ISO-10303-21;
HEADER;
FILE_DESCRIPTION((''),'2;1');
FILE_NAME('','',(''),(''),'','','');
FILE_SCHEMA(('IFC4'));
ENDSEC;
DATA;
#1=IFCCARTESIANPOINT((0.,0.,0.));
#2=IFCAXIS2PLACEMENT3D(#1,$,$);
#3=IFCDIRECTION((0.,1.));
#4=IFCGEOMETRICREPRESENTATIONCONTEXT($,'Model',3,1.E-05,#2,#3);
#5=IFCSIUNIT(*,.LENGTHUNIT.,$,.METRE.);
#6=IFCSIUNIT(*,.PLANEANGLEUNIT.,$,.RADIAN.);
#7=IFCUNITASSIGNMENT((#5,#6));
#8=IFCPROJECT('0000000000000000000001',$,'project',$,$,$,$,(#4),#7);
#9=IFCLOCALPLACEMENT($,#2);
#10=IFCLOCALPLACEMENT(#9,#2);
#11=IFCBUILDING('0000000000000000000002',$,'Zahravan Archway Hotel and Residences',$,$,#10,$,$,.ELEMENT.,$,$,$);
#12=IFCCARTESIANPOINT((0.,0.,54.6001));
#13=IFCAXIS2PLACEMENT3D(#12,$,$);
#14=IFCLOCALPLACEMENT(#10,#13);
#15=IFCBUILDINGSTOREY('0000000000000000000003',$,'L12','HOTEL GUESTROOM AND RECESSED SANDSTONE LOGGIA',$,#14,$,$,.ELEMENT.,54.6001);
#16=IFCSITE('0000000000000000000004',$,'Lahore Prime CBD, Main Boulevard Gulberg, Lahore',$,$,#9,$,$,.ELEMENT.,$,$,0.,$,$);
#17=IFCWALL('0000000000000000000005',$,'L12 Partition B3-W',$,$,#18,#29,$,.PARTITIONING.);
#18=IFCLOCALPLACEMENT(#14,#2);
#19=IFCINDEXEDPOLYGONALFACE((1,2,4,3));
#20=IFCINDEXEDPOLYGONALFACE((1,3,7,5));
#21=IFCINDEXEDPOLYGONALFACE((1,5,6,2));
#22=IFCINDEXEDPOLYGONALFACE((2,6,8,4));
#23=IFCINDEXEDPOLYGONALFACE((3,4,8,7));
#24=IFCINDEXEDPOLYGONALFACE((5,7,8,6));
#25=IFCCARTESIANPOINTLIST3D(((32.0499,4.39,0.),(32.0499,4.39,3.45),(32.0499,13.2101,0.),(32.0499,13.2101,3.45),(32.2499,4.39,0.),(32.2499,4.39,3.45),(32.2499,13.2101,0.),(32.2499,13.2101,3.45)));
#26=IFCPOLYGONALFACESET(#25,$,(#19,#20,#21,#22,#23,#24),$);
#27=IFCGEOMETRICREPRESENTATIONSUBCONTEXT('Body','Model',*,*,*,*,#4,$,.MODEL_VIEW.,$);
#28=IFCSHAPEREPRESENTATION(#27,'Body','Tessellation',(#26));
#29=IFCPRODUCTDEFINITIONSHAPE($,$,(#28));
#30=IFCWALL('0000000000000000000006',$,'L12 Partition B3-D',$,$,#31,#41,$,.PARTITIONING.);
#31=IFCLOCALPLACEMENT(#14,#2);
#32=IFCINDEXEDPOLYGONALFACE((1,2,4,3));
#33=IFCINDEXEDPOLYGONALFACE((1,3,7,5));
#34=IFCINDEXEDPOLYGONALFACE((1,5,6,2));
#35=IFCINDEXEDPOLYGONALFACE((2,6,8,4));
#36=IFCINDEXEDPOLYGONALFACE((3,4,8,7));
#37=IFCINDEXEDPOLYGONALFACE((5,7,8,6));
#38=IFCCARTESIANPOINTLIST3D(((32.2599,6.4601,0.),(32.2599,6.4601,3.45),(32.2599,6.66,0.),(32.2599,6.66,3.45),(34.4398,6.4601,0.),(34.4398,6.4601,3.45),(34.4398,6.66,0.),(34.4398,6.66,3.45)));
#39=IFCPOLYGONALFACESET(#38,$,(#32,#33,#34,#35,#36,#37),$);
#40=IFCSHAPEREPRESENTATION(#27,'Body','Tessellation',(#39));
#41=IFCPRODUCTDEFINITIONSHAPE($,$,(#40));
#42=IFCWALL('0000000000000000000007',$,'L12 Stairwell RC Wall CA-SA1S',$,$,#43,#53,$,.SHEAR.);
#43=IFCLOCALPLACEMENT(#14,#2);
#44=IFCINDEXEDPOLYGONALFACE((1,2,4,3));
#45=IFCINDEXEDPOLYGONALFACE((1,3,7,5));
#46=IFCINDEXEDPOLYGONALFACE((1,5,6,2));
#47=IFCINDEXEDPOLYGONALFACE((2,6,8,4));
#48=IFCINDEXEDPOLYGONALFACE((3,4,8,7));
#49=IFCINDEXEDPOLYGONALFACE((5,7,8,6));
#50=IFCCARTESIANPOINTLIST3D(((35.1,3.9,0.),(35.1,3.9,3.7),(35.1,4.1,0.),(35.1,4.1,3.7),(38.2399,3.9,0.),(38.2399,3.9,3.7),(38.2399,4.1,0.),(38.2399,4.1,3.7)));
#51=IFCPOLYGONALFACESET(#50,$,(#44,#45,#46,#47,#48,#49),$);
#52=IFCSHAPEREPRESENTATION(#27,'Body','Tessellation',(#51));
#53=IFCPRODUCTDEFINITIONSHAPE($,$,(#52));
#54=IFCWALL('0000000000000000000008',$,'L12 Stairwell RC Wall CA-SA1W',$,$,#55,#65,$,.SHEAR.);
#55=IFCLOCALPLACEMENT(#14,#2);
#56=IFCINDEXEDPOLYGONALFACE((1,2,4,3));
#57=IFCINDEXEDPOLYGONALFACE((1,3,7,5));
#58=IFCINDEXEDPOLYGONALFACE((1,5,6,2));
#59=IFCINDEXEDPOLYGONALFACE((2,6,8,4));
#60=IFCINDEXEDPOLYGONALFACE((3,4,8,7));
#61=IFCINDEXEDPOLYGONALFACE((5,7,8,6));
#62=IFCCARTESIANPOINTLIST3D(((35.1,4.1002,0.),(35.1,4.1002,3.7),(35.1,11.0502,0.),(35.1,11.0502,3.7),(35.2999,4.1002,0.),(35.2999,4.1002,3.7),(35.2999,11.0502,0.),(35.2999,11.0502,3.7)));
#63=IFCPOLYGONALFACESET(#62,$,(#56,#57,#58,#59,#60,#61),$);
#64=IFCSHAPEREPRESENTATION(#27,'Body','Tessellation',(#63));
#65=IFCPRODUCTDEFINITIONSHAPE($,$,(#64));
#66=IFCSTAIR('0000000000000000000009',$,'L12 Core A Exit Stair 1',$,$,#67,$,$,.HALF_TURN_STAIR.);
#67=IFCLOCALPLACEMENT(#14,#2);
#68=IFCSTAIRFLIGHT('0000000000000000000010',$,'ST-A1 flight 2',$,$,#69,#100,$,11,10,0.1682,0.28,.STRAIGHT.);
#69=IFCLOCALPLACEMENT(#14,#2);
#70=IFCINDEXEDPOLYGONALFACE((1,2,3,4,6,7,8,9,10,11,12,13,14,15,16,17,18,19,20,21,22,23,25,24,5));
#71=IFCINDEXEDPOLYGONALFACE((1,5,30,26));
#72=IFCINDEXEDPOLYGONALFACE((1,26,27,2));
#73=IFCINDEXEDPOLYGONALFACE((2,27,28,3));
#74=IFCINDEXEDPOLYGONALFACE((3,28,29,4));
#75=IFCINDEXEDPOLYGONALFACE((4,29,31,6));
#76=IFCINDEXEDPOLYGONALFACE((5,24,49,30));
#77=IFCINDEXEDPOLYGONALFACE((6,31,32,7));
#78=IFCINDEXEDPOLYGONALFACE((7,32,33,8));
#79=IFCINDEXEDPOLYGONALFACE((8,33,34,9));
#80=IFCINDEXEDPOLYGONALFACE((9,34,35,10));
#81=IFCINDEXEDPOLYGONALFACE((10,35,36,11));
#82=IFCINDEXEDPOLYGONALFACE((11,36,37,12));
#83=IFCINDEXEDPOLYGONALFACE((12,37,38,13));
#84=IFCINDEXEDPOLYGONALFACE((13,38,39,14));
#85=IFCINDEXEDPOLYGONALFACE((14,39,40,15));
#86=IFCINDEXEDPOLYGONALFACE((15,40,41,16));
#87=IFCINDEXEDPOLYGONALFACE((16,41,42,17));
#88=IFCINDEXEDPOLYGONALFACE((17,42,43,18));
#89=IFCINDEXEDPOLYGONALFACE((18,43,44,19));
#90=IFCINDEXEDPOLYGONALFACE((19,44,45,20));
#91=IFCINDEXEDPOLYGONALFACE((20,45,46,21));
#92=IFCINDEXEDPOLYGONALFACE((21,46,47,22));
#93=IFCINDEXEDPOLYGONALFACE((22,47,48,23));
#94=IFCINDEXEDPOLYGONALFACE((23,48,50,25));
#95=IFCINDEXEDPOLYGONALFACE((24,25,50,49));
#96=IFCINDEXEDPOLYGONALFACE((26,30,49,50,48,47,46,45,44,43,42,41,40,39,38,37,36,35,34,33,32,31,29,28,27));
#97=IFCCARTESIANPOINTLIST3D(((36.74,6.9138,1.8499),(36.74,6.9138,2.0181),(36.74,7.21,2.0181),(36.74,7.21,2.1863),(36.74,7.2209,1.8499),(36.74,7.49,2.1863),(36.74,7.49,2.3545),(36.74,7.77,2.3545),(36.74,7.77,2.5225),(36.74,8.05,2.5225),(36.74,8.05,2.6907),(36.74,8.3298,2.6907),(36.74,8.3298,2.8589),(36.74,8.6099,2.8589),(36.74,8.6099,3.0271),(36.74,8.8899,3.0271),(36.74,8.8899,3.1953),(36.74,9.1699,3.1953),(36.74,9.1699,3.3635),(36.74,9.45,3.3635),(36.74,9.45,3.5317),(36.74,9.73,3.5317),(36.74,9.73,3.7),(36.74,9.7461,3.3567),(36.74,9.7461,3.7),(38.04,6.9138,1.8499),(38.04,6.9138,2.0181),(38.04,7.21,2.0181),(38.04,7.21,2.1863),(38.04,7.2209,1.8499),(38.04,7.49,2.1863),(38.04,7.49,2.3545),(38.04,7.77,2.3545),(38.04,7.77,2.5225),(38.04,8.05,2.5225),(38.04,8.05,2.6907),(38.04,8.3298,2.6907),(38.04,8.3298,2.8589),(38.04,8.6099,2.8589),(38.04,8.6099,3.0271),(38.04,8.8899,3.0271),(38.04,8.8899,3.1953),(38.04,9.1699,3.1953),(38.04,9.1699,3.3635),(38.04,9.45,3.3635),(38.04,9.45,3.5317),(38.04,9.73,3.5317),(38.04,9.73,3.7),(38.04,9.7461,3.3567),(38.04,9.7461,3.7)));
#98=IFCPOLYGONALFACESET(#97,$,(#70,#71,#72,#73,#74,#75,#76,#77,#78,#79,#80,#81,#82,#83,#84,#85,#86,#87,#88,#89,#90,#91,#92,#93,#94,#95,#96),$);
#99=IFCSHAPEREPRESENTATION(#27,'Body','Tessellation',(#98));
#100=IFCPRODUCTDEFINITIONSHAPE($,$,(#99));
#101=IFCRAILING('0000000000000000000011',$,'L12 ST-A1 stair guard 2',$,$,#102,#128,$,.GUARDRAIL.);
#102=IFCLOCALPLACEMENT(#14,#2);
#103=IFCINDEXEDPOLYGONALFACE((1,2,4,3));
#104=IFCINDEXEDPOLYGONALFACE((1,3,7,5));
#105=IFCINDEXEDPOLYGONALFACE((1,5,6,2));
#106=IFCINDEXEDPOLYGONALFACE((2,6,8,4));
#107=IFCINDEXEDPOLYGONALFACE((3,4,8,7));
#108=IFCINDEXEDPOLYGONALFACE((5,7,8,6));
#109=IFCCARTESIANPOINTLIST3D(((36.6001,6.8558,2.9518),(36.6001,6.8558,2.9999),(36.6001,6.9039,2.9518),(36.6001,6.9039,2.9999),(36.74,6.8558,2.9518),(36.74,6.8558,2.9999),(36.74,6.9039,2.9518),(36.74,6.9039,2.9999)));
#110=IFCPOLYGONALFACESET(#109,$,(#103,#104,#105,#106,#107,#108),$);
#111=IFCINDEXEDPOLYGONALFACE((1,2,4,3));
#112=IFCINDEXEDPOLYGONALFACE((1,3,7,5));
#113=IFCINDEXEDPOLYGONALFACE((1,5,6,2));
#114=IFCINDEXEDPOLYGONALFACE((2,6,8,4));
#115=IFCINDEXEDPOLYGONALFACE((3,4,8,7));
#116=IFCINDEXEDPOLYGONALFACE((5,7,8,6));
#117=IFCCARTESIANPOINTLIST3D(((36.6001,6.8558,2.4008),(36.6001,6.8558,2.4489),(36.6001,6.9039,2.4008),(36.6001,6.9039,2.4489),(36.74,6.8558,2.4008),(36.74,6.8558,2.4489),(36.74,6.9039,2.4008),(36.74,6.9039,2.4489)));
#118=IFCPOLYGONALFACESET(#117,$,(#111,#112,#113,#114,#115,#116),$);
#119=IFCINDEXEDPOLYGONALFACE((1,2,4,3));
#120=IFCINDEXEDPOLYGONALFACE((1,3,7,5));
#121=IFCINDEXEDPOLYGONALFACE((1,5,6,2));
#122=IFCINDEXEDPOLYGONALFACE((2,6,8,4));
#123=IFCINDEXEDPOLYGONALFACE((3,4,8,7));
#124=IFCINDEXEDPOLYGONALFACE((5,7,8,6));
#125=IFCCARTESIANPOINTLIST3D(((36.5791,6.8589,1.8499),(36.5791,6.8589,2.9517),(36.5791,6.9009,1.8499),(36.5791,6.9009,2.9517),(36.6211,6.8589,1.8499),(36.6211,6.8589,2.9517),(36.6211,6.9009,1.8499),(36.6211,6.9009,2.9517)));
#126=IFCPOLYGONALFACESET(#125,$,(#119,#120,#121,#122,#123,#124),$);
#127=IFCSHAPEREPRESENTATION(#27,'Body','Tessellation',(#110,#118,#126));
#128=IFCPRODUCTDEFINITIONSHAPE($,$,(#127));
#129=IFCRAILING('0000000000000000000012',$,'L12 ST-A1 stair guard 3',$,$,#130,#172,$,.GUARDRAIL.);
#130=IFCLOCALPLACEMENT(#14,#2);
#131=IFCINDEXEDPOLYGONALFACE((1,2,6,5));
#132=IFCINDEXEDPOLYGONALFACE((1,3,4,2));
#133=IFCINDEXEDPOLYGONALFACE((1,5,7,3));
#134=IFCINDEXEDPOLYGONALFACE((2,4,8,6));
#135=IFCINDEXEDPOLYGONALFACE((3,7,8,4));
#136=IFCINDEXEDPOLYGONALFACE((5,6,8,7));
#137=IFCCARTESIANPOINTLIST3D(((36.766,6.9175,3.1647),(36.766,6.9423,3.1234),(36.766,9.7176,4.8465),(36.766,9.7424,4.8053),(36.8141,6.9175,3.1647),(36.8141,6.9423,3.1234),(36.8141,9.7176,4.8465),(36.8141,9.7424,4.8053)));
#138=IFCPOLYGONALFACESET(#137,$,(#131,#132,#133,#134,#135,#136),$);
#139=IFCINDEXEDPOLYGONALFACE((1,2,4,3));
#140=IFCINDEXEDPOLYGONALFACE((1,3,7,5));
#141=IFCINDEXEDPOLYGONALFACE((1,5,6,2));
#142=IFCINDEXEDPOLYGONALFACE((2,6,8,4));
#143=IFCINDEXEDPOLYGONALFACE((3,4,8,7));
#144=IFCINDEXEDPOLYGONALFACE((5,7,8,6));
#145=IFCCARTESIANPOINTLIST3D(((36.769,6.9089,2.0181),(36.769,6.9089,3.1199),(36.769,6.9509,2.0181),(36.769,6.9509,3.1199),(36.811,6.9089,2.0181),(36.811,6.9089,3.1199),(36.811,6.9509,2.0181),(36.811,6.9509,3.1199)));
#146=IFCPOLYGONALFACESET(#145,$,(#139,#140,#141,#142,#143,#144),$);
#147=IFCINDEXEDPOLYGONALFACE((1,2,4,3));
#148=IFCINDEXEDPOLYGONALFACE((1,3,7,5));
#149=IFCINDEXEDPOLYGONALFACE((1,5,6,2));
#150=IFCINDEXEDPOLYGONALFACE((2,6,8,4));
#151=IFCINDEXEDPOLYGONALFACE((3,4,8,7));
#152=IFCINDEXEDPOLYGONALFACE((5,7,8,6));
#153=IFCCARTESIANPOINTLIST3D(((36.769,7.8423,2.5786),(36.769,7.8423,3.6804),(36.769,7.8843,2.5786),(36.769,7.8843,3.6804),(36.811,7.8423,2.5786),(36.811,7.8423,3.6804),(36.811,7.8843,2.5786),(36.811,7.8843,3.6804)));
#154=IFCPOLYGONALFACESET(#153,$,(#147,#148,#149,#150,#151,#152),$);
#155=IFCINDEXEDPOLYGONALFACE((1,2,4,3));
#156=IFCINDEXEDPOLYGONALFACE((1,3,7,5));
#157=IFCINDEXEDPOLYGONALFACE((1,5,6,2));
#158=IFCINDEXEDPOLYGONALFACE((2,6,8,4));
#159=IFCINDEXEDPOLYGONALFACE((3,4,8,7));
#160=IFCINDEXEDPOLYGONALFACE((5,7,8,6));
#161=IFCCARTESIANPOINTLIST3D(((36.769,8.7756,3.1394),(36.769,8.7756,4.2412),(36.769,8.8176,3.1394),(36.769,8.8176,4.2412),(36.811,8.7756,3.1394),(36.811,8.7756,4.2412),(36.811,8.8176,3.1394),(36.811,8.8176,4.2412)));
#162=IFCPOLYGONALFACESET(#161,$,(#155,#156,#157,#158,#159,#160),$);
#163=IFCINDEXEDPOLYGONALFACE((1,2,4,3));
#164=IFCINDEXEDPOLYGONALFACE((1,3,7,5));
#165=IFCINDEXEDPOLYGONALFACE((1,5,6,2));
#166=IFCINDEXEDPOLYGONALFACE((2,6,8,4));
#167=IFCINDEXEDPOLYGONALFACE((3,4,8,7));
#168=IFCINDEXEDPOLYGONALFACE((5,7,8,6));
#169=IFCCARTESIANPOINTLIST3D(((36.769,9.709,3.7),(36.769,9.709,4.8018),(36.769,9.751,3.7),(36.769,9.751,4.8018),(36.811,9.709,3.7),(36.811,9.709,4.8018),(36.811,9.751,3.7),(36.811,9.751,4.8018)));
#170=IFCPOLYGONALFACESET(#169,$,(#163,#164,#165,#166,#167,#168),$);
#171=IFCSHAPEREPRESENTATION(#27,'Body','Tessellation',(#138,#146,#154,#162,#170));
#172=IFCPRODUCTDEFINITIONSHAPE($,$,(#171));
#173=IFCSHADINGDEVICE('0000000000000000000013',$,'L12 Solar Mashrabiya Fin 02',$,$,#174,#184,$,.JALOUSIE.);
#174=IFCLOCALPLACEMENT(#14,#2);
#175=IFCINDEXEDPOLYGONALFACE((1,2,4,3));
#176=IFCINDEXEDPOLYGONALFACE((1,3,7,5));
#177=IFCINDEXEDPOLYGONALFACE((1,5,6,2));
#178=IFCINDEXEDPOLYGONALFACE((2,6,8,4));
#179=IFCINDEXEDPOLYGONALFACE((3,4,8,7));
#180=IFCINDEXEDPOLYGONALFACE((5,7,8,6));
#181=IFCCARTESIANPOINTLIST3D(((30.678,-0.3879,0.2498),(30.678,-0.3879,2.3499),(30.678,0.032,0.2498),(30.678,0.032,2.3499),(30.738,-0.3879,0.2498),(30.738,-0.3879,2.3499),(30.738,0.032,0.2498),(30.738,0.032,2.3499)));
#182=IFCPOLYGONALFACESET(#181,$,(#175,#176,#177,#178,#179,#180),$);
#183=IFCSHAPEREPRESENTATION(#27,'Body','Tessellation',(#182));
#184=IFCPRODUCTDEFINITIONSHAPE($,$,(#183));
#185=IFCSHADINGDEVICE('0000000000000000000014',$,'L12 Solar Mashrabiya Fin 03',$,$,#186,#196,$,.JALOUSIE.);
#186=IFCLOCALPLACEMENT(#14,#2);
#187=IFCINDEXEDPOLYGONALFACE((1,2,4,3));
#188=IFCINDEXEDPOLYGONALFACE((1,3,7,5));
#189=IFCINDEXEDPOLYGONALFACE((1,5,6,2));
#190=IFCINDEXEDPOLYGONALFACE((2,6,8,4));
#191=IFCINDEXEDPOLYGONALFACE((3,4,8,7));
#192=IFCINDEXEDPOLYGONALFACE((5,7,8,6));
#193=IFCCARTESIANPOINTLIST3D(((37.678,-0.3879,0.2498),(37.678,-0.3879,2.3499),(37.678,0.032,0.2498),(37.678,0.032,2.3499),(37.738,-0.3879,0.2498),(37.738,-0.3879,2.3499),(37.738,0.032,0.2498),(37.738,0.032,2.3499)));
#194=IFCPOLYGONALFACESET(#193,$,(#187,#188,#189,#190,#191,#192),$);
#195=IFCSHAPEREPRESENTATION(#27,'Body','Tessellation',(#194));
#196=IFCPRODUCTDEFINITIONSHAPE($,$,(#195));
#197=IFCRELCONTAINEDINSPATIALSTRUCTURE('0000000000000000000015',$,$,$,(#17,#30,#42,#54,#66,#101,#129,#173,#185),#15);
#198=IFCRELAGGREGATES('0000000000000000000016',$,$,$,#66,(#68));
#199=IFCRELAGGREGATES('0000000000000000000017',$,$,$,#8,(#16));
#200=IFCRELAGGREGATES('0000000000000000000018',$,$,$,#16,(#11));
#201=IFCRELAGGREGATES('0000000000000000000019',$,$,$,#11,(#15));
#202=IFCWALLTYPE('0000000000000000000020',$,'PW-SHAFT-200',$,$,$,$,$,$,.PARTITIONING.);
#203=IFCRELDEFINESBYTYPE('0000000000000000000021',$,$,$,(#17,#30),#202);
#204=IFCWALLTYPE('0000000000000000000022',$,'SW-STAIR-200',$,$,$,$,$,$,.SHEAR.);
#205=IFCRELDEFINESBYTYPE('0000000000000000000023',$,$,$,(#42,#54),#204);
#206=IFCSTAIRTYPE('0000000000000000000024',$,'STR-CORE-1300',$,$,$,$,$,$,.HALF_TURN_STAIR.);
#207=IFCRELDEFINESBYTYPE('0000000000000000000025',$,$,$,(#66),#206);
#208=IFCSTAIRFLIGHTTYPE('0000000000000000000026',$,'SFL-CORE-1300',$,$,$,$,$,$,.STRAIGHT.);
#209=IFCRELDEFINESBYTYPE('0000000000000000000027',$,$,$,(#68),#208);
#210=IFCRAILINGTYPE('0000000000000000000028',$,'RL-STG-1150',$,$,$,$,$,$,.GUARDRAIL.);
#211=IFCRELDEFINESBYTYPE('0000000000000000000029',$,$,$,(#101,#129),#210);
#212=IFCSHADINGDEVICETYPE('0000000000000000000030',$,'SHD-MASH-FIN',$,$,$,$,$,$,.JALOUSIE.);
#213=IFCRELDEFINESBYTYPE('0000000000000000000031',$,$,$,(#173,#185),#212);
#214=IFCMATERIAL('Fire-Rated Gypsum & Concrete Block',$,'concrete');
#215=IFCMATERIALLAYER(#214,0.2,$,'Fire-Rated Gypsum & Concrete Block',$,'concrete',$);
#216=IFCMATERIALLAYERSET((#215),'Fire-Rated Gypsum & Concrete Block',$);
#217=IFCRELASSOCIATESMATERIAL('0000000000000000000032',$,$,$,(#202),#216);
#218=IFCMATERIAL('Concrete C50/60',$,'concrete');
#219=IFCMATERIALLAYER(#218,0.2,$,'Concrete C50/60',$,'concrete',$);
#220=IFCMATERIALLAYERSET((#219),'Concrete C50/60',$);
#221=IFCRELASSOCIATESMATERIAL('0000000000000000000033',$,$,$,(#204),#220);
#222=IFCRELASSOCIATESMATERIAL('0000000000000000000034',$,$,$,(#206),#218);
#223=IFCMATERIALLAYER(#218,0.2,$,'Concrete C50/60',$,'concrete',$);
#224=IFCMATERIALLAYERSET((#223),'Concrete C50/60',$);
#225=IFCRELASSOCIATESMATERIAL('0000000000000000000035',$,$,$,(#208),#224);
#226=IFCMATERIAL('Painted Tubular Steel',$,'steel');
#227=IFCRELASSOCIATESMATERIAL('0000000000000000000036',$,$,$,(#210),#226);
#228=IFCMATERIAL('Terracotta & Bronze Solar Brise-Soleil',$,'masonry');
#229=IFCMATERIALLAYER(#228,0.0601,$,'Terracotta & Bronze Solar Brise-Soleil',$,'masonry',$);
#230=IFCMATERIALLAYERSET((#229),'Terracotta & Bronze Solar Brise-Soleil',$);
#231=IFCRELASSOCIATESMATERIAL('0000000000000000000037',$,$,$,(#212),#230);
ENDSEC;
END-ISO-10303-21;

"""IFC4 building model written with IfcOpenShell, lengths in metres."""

from ifc_helpers import new_model, si_unit, direction, frame, frame_2d, origin, origin_2d, place, context, subcontext, project, spatial, polyline, rectangle, outline, extrude, source, transform, mapped, material, layer, layer_set, type_object, type_shapes, element, aggregate, save


model = new_model("IFC4")

# Units and contexts
model_context = context("Model", 3, precision=1e-05, world=origin(), true_north=direction((0.0, 1.0)))
body_context = subcontext(model_context, "Body", "Model", "MODEL_VIEW")
ifc_project = project(units=[si_unit("LENGTHUNIT", "METRE"), si_unit("PLANEANGLEUNIT", "RADIAN")], contexts=[model_context])

# Site, building, storey
site_placement = place(None, origin())
site = spatial("IfcSite", under=ifc_project, at=site_placement, Name="Lahore Prime CBD, Main Boulevard Gulberg, Lahore", CompositionType="ELEMENT", RefElevation=0.0)
building_placement = place(site_placement, origin())
building = spatial("IfcBuilding", under=site, at=building_placement, Name="Zahravan Archway Hotel and Residences", CompositionType="ELEMENT")
storey_placement = place(building_placement, frame((0.0, 0.0, 54.6001)))
storey = spatial("IfcBuildingStorey", under=building, at=storey_placement, Name="L12", Description="HOTEL GUESTROOM AND RECESSED SANDSTONE LOGGIA", CompositionType="ELEMENT", Elevation=54.6001)

# Shared definitions
ifc_material_1 = material(Name="Fire-Rated Gypsum & Concrete Block", Category="concrete")

# Walls
ifc_layer_1 = layer(ifc_material_1, 0.2, Name="Fire-Rated Gypsum & Concrete Block", Category="concrete")
ifc_layer_set_1 = layer_set([ifc_layer_1], Name="Fire-Rated Gypsum & Concrete Block")
wall_type_1 = type_object("IfcWallType", Name="PW-SHAFT-200", PredefinedType="PARTITIONING", material=ifc_layer_set_1)
wall_1_placement = place(storey_placement, frame((32.1499, 4.3899, 0.0), z_axis=(0.0, 0.0, 1.0), x_axis=(0.0, 1.0, 0.0)))
element("IfcWall", 1, at=wall_1_placement, inside=storey, type_object=wall_type_1, Name="L12 Partition B3-W", PredefinedType="PARTITIONING", context=body_context, shape_type="SweptSolid", body=[
    extrude(rectangle(XDim=8.8201, YDim=0.2, at=frame_2d((4.4102, 0.0))), origin(), (0.0, 0.0, 1.0), 3.45),
])
wall_2_placement = place(storey_placement, frame((32.26, 6.5601, 0.0), z_axis=(0.0, 0.0, 1.0), x_axis=(1.0, 0.0, 0.0)))
element("IfcWall", 2, at=wall_2_placement, inside=storey, type_object=wall_type_1, Name="L12 Partition B3-D", PredefinedType="PARTITIONING", context=body_context, shape_type="SweptSolid", body=[
    extrude(rectangle(XDim=2.1799, YDim=0.2, at=frame_2d((1.0898, 0.0))), origin(), (0.0, 0.0, 1.0), 3.45),
])
ifc_material_2 = material(Name="Concrete C50/60", Category="concrete")
ifc_layer_2 = layer(ifc_material_2, 0.2, Name="Concrete C50/60", Category="concrete")
ifc_layer_set_2 = layer_set([ifc_layer_2], Name="Concrete C50/60")
wall_type_2 = type_object("IfcWallType", Name="SW-STAIR-200", PredefinedType="SHEAR", material=ifc_layer_set_2)
wall_3_placement = place(storey_placement, frame((35.1001, 4.0, 0.0), z_axis=(0.0, 0.0, 1.0), x_axis=(1.0, 0.0, 0.0)))
element("IfcWall", 3, at=wall_3_placement, inside=storey, type_object=wall_type_2, Name="L12 Stairwell RC Wall CA-SA1S", PredefinedType="SHEAR", context=body_context, shape_type="SweptSolid", body=[
    extrude(rectangle(XDim=3.1399, YDim=0.2, at=frame_2d((1.5698, 0.0))), origin(), (0.0, 0.0, 1.0), 3.7),
])
wall_4_placement = place(storey_placement, frame((35.2, 4.1001, 0.0), z_axis=(0.0, 0.0, 1.0), x_axis=(0.0, 1.0, 0.0)))
element("IfcWall", 4, at=wall_4_placement, inside=storey, type_object=wall_type_2, Name="L12 Stairwell RC Wall CA-SA1W", PredefinedType="SHEAR", context=body_context, shape_type="SweptSolid", body=[
    extrude(rectangle(XDim=6.95, YDim=0.2, at=frame_2d((3.4751, 0.0))), origin(), (0.0, 0.0, 1.0), 3.7),
])

# Stair, stair flight
stair_type = type_object("IfcStairType", Name="STR-CORE-1300", PredefinedType="HALF_TURN_STAIR", material=ifc_material_2)
stair_placement = place(storey_placement, origin())
stair = element("IfcStair", 5, at=stair_placement, inside=storey, type_object=stair_type, Name="L12 Core A Exit Stair 1", PredefinedType="HALF_TURN_STAIR")
ifc_layer_3 = layer(ifc_material_2, 0.2, Name="Concrete C50/60", Category="concrete")
ifc_layer_set_3 = layer_set([ifc_layer_3], Name="Concrete C50/60")
stair_flight_type = type_object("IfcStairFlightType", Name="SFL-CORE-1300", PredefinedType="STRAIGHT", material=ifc_layer_set_3)
shared_shape_1 = source(origin(), body_context, "Body", "SweptSolid", [
    extrude(outline(polyline([(-0.0161, 0.0), (-0.0161, 0.1682), (0.28, 0.1682), (0.28, 0.3364), (0.5601, 0.3364), (0.5601, 0.5046), (0.8401, 0.5046), (0.8401, 0.6726), (1.1201, 0.6726), (1.1201, 0.8408), (1.3999, 0.8408), (1.3999, 1.009), (1.6799, 1.009), (1.6799, 1.1772), (1.96, 1.1772), (1.96, 1.3455), (2.24, 1.3455), (2.24, 1.5137), (2.52, 1.5137), (2.52, 1.6819), (2.8, 1.6819), (2.8, 1.8501), (2.8162, 1.8501), (2.8162, 1.5068), (0.291, 0.0), (-0.0161, 0.0)])), frame((0.0, 0.6499, 0.0), z_axis=(0.0, -1.0, 0.0), x_axis=(1.0, 0.0, 0.0)), (0.0, 0.0, 1.0), 1.3),
])
stair_flight_placement = place(storey_placement, frame((37.3899, 6.9299, 1.8499), z_axis=(0.0, 0.0, 1.0), x_axis=(0.0, 1.0, 0.0)))
stair_flight = element("IfcStairFlight", 6, at=stair_flight_placement, type_object=stair_flight_type, Name="ST-A1 flight 2", NumberOfRisers=11, NumberOfTreads=10, PredefinedType="STRAIGHT", RiserHeight=0.1682, TreadLength=0.28, context=body_context, shape_type="MappedRepresentation", body=[
    mapped(shared_shape_1, transform((0.0, 0.0, 0.0), scale=1.0)),
])
aggregate(stair, [stair_flight])

# Railings
ifc_material_3 = material(Name="Painted Tubular Steel", Category="steel")
railing_type = type_object("IfcRailingType", Name="RL-STG-1150", PredefinedType="GUARDRAIL", material=ifc_material_3)
railing_1_placement = place(storey_placement, frame((36.6001, 6.8799, 1.8499)))
element("IfcRailing", 7, at=railing_1_placement, inside=storey, type_object=railing_type, Name="L12 ST-A1 stair guard 2", PredefinedType="GUARDRAIL", context=body_context, shape_type="SweptSolid", body=[
    extrude(rectangle(XDim=0.0481, YDim=0.0481, at=origin_2d()), frame((0.0, 0.0, 1.126), z_axis=(1.0, 0.0, 0.0), x_axis=(0.0, 1.0, 0.0)), (0.0, 0.0, 1.0), 0.1399),
    extrude(rectangle(XDim=0.0481, YDim=0.0481, at=origin_2d()), frame((0.0, 0.0, 0.575), z_axis=(1.0, 0.0, 0.0), x_axis=(0.0, 1.0, 0.0)), (0.0, 0.0, 1.0), 0.1399),
    extrude(rectangle(XDim=0.042, YDim=0.042, at=origin_2d()), origin(), (0.0, 0.0, 1.0), 1.1018),
])
railing_2_placement = place(storey_placement, frame((36.79, 6.9299, 2.0181)))
element("IfcRailing", 8, at=railing_2_placement, inside=storey, type_object=railing_type, Name="L12 ST-A1 stair guard 3", PredefinedType="GUARDRAIL", context=body_context, shape_type="SweptSolid", body=[
    extrude(rectangle(XDim=0.0481, YDim=0.0481, at=origin_2d()), frame((0.0, 0.0, 1.126), z_axis=(0.0, 0.857242, 0.514913), x_axis=(-1.0, 0.0, 0.0)), (0.0, 0.0, 1.0), 3.2664),
    extrude(rectangle(XDim=0.042, YDim=0.042, at=origin_2d()), origin(), (0.0, 0.0, 1.0), 1.1018),
    extrude(rectangle(XDim=0.042, YDim=0.042, at=origin_2d()), frame((0.0, 0.9333, 0.5605)), (0.0, 0.0, 1.0), 1.1018),
    extrude(rectangle(XDim=0.042, YDim=0.042, at=origin_2d()), frame((0.0, 1.8667, 1.1213)), (0.0, 0.0, 1.0), 1.1018),
    extrude(rectangle(XDim=0.042, YDim=0.042, at=origin_2d()), frame((0.0, 2.8, 1.6819)), (0.0, 0.0, 1.0), 1.1018),
])

# Shading devices
ifc_material_4 = material(Name="Terracotta & Bronze Solar Brise-Soleil", Category="masonry")
ifc_layer_4 = layer(ifc_material_4, 0.0601, Name="Terracotta & Bronze Solar Brise-Soleil", Category="masonry")
ifc_layer_set_4 = layer_set([ifc_layer_4], Name="Terracotta & Bronze Solar Brise-Soleil")
shading_device_type = type_object("IfcShadingDeviceType", Name="SHD-MASH-FIN", PredefinedType="JALOUSIE", material=ifc_layer_set_4)
shared_shape_2 = source(origin(), body_context, "Body", "SweptSolid", [
    extrude(rectangle(XDim=0.0601, YDim=0.4199, at=origin_2d()), origin(), (0.0, 0.0, 1.0), 2.1001),
])
type_shapes(shading_device_type, [shared_shape_2])
for number, where, z_axis, x_axis, name in (
    (9, (30.708, -0.178, 0.2498), (0.0, 0.0, 1.0), (1.0, 0.0, 0.0), "L12 Solar Mashrabiya Fin 02"),
    (10, (37.708, -0.178, 0.2498), (0.0, 0.0, 1.0), (1.0, 0.0, 0.0), "L12 Solar Mashrabiya Fin 03"),
):
    element("IfcShadingDevice", number, at=place(storey_placement, frame(where, z_axis=z_axis, x_axis=x_axis)), inside=storey, type_object=shading_device_type, Name=name, PredefinedType="JALOUSIE", context=body_context, shape_type="MappedRepresentation", body=[
        mapped(shared_shape_2, transform((0.0, 0.0, 0.0), scale=1.0)),
    ])

save(model, "model.ifc")
